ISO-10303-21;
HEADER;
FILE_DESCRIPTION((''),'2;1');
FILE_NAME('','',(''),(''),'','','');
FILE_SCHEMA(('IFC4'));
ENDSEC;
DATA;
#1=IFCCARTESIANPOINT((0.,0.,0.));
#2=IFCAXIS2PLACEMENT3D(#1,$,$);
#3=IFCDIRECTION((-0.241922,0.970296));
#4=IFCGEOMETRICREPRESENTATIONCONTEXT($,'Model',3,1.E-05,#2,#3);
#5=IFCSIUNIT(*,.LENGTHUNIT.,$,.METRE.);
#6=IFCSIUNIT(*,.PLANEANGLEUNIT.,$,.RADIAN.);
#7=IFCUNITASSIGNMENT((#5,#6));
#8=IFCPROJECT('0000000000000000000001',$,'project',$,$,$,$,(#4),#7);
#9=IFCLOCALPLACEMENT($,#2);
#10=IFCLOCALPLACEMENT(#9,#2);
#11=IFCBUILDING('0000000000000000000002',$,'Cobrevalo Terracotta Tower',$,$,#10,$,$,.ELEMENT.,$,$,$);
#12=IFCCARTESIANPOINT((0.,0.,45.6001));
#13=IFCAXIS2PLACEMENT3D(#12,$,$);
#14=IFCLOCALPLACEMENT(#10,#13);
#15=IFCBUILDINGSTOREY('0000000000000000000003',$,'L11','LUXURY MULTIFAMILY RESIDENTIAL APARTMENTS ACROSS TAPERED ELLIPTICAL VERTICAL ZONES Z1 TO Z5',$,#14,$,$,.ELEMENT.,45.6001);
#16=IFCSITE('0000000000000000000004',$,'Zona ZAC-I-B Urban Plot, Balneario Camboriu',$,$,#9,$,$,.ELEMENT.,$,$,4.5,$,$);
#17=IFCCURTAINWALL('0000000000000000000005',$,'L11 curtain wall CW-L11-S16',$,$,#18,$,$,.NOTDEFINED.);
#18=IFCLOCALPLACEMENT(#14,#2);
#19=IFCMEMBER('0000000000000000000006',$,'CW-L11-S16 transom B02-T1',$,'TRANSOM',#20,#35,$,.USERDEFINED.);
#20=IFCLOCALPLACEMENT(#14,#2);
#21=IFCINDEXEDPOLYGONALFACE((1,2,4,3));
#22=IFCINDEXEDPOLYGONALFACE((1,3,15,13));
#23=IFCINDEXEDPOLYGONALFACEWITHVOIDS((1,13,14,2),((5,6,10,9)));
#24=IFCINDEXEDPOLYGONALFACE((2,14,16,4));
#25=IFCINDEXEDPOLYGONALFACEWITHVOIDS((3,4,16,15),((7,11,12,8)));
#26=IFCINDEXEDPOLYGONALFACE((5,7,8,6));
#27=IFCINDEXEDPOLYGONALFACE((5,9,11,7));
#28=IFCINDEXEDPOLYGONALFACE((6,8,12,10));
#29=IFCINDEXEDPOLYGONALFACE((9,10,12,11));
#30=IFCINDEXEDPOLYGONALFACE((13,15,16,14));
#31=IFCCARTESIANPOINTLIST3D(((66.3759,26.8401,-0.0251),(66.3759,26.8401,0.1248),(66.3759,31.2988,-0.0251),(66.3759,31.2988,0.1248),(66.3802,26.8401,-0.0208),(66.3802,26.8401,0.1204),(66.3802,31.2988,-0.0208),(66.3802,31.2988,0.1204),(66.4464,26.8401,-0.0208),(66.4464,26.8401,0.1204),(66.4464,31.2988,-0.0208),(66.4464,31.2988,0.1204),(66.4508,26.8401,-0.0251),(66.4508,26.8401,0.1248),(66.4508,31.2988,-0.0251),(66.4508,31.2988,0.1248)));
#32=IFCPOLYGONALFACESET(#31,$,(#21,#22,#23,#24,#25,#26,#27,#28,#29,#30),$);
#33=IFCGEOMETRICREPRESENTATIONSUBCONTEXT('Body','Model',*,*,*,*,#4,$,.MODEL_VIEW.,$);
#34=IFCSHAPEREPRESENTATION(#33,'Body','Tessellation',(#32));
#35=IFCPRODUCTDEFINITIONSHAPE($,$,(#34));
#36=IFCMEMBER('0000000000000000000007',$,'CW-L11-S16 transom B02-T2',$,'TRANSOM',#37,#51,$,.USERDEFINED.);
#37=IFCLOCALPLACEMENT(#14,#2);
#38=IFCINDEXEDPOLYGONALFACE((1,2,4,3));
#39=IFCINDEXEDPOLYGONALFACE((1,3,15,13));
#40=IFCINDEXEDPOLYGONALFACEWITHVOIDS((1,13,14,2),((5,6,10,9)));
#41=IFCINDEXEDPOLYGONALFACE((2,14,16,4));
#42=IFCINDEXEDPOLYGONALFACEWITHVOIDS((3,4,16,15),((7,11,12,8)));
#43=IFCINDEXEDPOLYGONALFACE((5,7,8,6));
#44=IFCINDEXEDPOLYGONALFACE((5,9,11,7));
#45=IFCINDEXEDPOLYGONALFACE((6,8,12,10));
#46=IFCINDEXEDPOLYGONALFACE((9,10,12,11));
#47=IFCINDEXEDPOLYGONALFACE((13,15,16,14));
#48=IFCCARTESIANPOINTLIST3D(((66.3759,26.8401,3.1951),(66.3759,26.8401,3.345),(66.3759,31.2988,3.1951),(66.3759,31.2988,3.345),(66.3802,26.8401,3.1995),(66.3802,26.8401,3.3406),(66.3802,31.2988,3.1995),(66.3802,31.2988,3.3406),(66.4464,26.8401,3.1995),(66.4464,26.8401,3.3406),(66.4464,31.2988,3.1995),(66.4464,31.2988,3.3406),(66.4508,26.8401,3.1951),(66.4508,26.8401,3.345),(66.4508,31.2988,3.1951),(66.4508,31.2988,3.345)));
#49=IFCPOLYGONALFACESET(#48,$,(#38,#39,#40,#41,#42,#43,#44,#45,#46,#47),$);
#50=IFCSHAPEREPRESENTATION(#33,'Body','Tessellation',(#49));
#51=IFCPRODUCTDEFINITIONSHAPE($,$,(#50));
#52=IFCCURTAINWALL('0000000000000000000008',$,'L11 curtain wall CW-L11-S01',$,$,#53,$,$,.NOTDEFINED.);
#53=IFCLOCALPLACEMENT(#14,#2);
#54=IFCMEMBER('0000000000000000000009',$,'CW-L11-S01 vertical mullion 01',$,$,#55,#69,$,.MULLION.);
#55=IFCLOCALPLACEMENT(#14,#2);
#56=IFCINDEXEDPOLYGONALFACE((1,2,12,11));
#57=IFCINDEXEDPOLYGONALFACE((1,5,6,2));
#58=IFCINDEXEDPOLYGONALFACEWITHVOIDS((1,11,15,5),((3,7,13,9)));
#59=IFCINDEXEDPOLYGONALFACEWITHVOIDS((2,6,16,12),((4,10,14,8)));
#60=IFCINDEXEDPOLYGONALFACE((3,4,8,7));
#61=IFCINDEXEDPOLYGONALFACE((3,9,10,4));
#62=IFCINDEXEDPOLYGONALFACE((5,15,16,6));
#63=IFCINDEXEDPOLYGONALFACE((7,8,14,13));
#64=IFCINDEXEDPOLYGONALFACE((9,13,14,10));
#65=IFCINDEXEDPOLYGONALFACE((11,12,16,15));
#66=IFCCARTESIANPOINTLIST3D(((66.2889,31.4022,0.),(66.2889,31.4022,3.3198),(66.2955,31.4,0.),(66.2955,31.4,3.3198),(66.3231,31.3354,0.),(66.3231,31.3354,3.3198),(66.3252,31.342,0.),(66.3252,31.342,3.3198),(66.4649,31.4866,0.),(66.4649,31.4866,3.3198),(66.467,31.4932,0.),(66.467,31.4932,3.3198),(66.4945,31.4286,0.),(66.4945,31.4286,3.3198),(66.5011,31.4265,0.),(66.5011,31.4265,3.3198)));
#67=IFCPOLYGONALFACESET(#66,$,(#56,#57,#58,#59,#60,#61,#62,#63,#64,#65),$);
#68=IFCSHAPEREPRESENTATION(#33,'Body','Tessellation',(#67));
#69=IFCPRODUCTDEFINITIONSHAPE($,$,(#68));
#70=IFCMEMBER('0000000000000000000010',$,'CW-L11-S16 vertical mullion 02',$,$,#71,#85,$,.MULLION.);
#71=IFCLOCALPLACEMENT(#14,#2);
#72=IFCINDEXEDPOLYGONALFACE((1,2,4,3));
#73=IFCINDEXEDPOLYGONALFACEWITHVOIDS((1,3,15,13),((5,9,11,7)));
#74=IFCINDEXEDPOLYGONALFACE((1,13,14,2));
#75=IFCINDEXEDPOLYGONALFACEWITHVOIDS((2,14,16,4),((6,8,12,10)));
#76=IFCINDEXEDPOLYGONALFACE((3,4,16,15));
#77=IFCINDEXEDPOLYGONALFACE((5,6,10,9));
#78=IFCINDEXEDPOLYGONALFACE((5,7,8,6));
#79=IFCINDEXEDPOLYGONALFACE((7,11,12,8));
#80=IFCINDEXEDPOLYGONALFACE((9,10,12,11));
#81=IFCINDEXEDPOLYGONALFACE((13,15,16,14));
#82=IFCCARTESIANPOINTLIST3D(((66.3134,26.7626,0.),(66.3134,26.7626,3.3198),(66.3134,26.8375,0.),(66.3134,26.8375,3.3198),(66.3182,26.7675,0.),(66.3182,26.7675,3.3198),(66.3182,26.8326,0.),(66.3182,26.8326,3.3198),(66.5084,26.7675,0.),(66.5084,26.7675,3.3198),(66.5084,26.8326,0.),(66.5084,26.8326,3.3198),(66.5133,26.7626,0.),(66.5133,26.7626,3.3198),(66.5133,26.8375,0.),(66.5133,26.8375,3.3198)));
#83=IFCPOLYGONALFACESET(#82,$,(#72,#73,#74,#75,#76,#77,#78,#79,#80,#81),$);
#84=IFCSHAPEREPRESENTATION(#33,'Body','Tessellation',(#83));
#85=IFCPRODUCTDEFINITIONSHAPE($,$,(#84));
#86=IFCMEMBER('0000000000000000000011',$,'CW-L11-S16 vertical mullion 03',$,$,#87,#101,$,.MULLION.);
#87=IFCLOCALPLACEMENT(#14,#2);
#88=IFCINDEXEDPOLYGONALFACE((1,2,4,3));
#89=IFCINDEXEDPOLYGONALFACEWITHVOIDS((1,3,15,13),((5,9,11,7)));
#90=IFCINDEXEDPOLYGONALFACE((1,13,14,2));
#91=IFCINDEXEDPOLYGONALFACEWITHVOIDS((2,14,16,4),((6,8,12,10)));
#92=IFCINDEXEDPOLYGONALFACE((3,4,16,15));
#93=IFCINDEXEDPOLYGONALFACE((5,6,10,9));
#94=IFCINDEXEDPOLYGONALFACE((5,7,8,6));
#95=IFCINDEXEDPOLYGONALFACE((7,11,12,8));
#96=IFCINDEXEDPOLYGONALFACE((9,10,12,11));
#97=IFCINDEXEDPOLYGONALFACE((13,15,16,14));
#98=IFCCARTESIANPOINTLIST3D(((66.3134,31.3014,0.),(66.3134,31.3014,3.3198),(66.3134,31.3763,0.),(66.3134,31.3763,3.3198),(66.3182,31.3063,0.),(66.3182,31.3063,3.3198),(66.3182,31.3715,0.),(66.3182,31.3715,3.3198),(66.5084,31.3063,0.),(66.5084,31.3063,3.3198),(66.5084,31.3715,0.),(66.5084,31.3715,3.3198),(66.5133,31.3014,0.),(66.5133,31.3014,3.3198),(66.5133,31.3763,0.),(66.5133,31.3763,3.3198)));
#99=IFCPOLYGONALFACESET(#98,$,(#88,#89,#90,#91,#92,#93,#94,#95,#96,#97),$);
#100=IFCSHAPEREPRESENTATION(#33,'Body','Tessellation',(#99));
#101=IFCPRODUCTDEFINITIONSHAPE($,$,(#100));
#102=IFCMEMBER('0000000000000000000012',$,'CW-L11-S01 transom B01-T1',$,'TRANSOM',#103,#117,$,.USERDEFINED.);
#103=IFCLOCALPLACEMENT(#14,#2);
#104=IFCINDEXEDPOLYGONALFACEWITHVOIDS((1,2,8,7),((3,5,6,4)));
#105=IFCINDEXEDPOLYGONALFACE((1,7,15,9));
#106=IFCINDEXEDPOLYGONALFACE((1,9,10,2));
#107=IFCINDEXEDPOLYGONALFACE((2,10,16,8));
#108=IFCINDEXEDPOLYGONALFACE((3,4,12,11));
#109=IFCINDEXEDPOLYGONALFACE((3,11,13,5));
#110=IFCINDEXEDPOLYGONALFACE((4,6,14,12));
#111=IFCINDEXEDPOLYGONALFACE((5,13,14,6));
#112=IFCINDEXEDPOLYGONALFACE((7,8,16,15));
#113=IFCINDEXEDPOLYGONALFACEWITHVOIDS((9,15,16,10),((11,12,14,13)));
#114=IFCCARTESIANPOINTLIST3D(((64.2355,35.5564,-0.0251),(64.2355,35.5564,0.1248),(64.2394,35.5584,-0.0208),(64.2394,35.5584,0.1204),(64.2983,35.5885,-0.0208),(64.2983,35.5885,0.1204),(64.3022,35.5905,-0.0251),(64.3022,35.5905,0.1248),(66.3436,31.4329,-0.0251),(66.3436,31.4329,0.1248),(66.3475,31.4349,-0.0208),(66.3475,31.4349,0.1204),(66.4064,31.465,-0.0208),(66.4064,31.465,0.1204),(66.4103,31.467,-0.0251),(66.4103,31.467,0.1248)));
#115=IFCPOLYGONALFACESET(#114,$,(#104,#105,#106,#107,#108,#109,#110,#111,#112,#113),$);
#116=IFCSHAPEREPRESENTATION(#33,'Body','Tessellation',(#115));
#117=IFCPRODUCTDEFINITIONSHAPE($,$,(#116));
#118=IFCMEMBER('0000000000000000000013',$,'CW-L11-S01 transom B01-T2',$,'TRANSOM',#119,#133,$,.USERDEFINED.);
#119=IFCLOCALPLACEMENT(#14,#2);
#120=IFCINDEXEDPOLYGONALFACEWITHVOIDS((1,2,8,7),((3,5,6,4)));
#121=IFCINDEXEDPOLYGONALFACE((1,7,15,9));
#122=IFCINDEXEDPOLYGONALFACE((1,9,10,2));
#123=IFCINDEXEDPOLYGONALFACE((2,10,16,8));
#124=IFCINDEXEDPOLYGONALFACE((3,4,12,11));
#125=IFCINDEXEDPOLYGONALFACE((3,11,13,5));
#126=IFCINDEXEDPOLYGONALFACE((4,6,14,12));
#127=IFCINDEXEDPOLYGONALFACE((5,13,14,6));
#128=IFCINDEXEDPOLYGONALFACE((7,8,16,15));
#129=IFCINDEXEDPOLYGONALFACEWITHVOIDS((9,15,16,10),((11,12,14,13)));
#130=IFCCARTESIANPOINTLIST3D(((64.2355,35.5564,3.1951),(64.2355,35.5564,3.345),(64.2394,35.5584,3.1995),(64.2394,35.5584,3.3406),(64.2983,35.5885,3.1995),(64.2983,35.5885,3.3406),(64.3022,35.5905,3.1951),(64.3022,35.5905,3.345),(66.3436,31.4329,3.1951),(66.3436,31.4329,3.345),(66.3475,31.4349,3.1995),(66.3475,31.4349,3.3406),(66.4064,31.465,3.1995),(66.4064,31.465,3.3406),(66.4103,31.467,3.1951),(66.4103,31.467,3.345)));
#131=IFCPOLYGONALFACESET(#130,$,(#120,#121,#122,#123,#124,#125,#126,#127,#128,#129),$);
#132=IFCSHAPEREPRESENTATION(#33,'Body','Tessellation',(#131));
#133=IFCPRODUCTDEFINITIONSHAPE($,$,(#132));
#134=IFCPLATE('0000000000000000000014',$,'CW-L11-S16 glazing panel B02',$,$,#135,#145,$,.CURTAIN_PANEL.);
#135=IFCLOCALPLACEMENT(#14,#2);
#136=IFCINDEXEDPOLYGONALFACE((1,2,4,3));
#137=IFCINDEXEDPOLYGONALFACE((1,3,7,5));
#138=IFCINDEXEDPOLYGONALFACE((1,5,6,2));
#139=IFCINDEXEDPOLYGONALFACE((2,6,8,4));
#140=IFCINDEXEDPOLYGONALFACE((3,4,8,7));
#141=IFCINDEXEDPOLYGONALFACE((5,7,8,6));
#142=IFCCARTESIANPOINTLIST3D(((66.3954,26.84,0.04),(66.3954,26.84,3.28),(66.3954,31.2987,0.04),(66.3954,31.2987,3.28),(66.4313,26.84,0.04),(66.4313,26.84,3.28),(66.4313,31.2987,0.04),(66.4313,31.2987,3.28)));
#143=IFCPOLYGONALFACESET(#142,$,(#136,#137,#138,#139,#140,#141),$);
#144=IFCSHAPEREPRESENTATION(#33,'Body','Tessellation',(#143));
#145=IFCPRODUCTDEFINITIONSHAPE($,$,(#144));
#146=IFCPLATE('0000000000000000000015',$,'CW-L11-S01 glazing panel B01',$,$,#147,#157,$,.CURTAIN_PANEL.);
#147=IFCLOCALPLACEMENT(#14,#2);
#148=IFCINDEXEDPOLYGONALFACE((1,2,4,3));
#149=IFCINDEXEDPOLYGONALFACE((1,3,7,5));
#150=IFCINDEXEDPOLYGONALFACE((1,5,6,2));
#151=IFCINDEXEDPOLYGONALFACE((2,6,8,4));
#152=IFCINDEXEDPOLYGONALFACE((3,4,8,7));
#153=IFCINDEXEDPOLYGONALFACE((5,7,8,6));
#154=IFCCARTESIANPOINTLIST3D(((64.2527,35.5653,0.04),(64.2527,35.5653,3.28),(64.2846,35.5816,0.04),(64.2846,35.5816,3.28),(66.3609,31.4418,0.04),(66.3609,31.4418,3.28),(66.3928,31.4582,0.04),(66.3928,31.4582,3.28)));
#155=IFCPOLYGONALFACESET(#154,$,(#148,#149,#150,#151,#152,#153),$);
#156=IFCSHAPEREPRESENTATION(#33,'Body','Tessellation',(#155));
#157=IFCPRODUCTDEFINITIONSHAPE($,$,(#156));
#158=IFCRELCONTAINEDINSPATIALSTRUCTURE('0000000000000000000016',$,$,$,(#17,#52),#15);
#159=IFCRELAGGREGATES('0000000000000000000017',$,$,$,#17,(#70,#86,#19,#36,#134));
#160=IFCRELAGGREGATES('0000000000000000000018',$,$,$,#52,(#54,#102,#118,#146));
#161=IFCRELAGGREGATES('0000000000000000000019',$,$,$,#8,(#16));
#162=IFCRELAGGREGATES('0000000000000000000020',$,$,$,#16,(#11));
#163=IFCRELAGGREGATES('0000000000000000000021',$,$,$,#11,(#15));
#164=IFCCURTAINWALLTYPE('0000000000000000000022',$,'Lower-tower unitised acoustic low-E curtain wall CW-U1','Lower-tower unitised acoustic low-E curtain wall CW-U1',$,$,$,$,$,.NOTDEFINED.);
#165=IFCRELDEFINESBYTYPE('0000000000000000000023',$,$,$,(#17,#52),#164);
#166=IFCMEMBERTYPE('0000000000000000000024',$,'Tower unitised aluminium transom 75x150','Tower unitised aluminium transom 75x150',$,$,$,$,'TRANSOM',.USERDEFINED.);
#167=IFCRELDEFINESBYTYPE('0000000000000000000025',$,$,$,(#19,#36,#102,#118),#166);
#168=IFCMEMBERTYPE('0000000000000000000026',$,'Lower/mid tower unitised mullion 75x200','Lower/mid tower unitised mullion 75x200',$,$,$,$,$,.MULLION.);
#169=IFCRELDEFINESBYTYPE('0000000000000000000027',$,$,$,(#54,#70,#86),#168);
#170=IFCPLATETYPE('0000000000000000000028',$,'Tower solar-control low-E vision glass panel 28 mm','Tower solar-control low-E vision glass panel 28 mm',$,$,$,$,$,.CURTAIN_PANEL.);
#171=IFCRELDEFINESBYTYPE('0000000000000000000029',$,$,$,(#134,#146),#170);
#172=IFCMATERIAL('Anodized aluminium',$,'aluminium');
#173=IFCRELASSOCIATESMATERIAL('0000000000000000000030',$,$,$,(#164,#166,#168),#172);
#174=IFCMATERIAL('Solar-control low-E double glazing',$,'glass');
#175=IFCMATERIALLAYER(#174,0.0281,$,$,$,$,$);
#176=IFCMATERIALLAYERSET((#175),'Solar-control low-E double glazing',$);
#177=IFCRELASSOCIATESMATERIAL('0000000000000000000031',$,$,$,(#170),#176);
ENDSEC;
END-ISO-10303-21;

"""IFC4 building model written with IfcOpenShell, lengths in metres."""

from ifc_helpers import new_model, si_unit, direction, frame, origin, origin_2d, place, context, subcontext, project, spatial, rectangle, hollow_rectangle, extrude, source, transform, mapped, material, layer, layer_set, material_profile, profile_set, type_object, element, aggregate, save


model = new_model("IFC4")

# Units and contexts
model_context = context("Model", 3, precision=1e-05, world=origin(), true_north=direction((-0.241922, 0.970296)))
body_context = subcontext(model_context, "Body", "Model", "MODEL_VIEW")
ifc_project = project(units=[si_unit("LENGTHUNIT", "METRE"), si_unit("PLANEANGLEUNIT", "RADIAN")], contexts=[model_context])

# Site, building, storey
site_placement = place(None, origin())
site = spatial("IfcSite", under=ifc_project, at=site_placement, Name="Zona ZAC-I-B Urban Plot, Balneario Camboriu", CompositionType="ELEMENT", RefElevation=4.5)
building_placement = place(site_placement, origin())
building = spatial("IfcBuilding", under=site, at=building_placement, Name="Cobrevalo Terracotta Tower", CompositionType="ELEMENT")
storey_placement = place(building_placement, frame((0.0, 0.0, 45.6001)))
storey = spatial("IfcBuildingStorey", under=building, at=storey_placement, Name="L11", Description="LUXURY MULTIFAMILY RESIDENTIAL APARTMENTS ACROSS TAPERED ELLIPTICAL VERTICAL ZONES Z1 TO Z5", CompositionType="ELEMENT", Elevation=45.6001)

# Curtain wall, members
ifc_material_1 = material(Name="Anodized aluminium", Category="aluminium")
curtain_wall_type = type_object("IfcCurtainWallType", Name="Lower-tower unitised acoustic low-E curtain wall CW-U1", Description="Lower-tower unitised acoustic low-E curtain wall CW-U1", PredefinedType="NOTDEFINED", material=ifc_material_1)
curtain_wall_1_placement = place(storey_placement, origin())
curtain_wall_1 = element("IfcCurtainWall", 1, at=curtain_wall_1_placement, inside=storey, type_object=curtain_wall_type, Name="L11 curtain wall CW-L11-S16", PredefinedType="NOTDEFINED")
ifc_material_profile_1 = material_profile(ifc_material_1, hollow_rectangle(XDim=0.075, YDim=0.1499, WallThickness=0.0044, at=origin_2d()), Name="CWT 75x150")
ifc_profile_set_1 = profile_set([ifc_material_profile_1], Name="Anodized aluminium")
member_type_1 = type_object("IfcMemberType", Name="Tower unitised aluminium transom 75x150", Description="Tower unitised aluminium transom 75x150", ElementType="TRANSOM", PredefinedType="USERDEFINED", material=ifc_profile_set_1)
shared_shape_1 = source(origin(), body_context, "Body", "SweptSolid", [
    extrude(hollow_rectangle(XDim=0.075, YDim=0.1499, WallThickness=0.0044, at=origin_2d()), origin(), (0.0, 0.0, 1.0), 4.4587),
])
member_1_placement = place(storey_placement, frame((66.4133, 26.8401, 0.0498), z_axis=(0.0, 1.0, 0.0), x_axis=(-1.0, 0.0, 0.0)))
member_1 = element("IfcMember", 2, at=member_1_placement, type_object=member_type_1, Name="CW-L11-S16 transom B02-T1", ObjectType="TRANSOM", PredefinedType="USERDEFINED", context=body_context, shape_type="MappedRepresentation", body=[
    mapped(shared_shape_1, transform((0.0, 0.0, 0.0), scale=1.0)),
])
member_2_placement = place(storey_placement, frame((66.4133, 26.8401, 3.27), z_axis=(0.0, 1.0, 0.0), x_axis=(-1.0, 0.0, 0.0)))
member_2 = element("IfcMember", 3, at=member_2_placement, type_object=member_type_1, Name="CW-L11-S16 transom B02-T2", ObjectType="TRANSOM", PredefinedType="USERDEFINED", context=body_context, shape_type="MappedRepresentation", body=[
    mapped(shared_shape_1, transform((0.0, 0.0, 0.0), scale=1.0)),
])

# Curtain wall, member
curtain_wall_2_placement = place(storey_placement, origin())
curtain_wall_2 = element("IfcCurtainWall", 4, at=curtain_wall_2_placement, inside=storey, type_object=curtain_wall_type, Name="L11 curtain wall CW-L11-S01", PredefinedType="NOTDEFINED")
ifc_material_profile_2 = material_profile(ifc_material_1, hollow_rectangle(XDim=0.075, YDim=0.2, WallThickness=0.0049, at=origin_2d()), Name="CWM 75x200")
ifc_profile_set_2 = profile_set([ifc_material_profile_2], Name="Anodized aluminium")
member_type_2 = type_object("IfcMemberType", Name="Lower/mid tower unitised mullion 75x200", Description="Lower/mid tower unitised mullion 75x200", PredefinedType="MULLION", material=ifc_profile_set_2)
shared_shape_2 = source(origin(), body_context, "Body", "SweptSolid", [
    extrude(hollow_rectangle(XDim=0.075, YDim=0.2, WallThickness=0.0049, at=origin_2d()), origin(), (0.0, 0.0, 1.0), 3.3198),
])
member_3_placement = place(storey_placement, frame((66.395, 31.4143, 0.0), z_axis=(0.0, 0.0, 1.0), x_axis=(-0.455234, 0.890372, 0.0)))
member_3 = element("IfcMember", 5, at=member_3_placement, type_object=member_type_2, Name="CW-L11-S01 vertical mullion 01", PredefinedType="MULLION", context=body_context, shape_type="MappedRepresentation", body=[
    mapped(shared_shape_2, transform((0.0, 0.0, 0.0), scale=1.0)),
])

# Members
member_4_placement = place(storey_placement, frame((66.4133, 26.8, 0.0), z_axis=(0.0, 0.0, 1.0), x_axis=(0.0, 1.0, 0.0)))
member_4 = element("IfcMember", 6, at=member_4_placement, type_object=member_type_2, Name="CW-L11-S16 vertical mullion 02", PredefinedType="MULLION", context=body_context, shape_type="MappedRepresentation", body=[
    mapped(shared_shape_2, transform((0.0, 0.0, 0.0), scale=1.0)),
])
member_5_placement = place(storey_placement, frame((66.4133, 31.3389, 0.0), z_axis=(0.0, 0.0, 1.0), x_axis=(0.0, 1.0, 0.0)))
member_5 = element("IfcMember", 7, at=member_5_placement, type_object=member_type_2, Name="CW-L11-S16 vertical mullion 03", PredefinedType="MULLION", context=body_context, shape_type="MappedRepresentation", body=[
    mapped(shared_shape_2, transform((0.0, 0.0, 0.0), scale=1.0)),
])
shared_shape_3 = source(origin(), body_context, "Body", "SweptSolid", [
    extrude(hollow_rectangle(XDim=0.075, YDim=0.1499, WallThickness=0.0044, at=origin_2d()), origin(), (0.0, 0.0, 1.0), 4.6311),
])
member_6_placement = place(storey_placement, frame((66.377, 31.45, 0.0498), z_axis=(-0.455209, 0.890385, 0.0), x_axis=(-0.890385, -0.455209, 0.0)))
member_6 = element("IfcMember", 8, at=member_6_placement, type_object=member_type_1, Name="CW-L11-S01 transom B01-T1", ObjectType="TRANSOM", PredefinedType="USERDEFINED", context=body_context, shape_type="MappedRepresentation", body=[
    mapped(shared_shape_3, transform((0.0, 0.0, 0.0), scale=1.0)),
])
member_7_placement = place(storey_placement, frame((66.377, 31.45, 3.27), z_axis=(-0.455209, 0.890385, 0.0), x_axis=(-0.890385, -0.455209, 0.0)))
member_7 = element("IfcMember", 9, at=member_7_placement, type_object=member_type_1, Name="CW-L11-S01 transom B01-T2", ObjectType="TRANSOM", PredefinedType="USERDEFINED", context=body_context, shape_type="MappedRepresentation", body=[
    mapped(shared_shape_3, transform((0.0, 0.0, 0.0), scale=1.0)),
])

# Plates
ifc_material_2 = material(Name="Solar-control low-E double glazing", Category="glass")
ifc_layer_1 = layer(ifc_material_2, 0.0281)
ifc_layer_set_1 = layer_set([ifc_layer_1], Name="Solar-control low-E double glazing")
plate_type = type_object("IfcPlateType", Name="Tower solar-control low-E vision glass panel 28 mm", Description="Tower solar-control low-E vision glass panel 28 mm", PredefinedType="CURTAIN_PANEL", material=ifc_layer_set_1)
shared_shape_4 = source(origin(), body_context, "Body", "SweptSolid", [
    extrude(rectangle(XDim=4.4587, YDim=0.0359, at=origin_2d()), origin(), (0.0, 0.0, 1.0), 3.24),
])
plate_1_placement = place(storey_placement, frame((66.4133, 29.0693, 0.04), z_axis=(0.0, 0.0, 1.0), x_axis=(0.0, 1.0, 0.0)))
plate_1 = element("IfcPlate", 10, at=plate_1_placement, type_object=plate_type, Name="CW-L11-S16 glazing panel B02", PredefinedType="CURTAIN_PANEL", context=body_context, shape_type="MappedRepresentation", body=[
    mapped(shared_shape_4, transform((0.0, 0.0, 0.0), scale=1.0)),
])
aggregate(curtain_wall_1, [member_4, member_5, member_1, member_2, plate_1])
shared_shape_5 = source(origin(), body_context, "Body", "SweptSolid", [
    extrude(rectangle(XDim=4.6311, YDim=0.0359, at=origin_2d()), origin(), (0.0, 0.0, 1.0), 3.24),
])
plate_2_placement = place(storey_placement, frame((65.3228, 33.5117, 0.04), z_axis=(0.0, 0.0, 1.0), x_axis=(-0.455231, 0.890373, 0.0)))
plate_2 = element("IfcPlate", 11, at=plate_2_placement, type_object=plate_type, Name="CW-L11-S01 glazing panel B01", PredefinedType="CURTAIN_PANEL", context=body_context, shape_type="MappedRepresentation", body=[
    mapped(shared_shape_5, transform((0.0, 0.0, 0.0), scale=1.0)),
])
aggregate(curtain_wall_2, [member_3, member_6, member_7, plate_2])

save(model, "model.ifc")
